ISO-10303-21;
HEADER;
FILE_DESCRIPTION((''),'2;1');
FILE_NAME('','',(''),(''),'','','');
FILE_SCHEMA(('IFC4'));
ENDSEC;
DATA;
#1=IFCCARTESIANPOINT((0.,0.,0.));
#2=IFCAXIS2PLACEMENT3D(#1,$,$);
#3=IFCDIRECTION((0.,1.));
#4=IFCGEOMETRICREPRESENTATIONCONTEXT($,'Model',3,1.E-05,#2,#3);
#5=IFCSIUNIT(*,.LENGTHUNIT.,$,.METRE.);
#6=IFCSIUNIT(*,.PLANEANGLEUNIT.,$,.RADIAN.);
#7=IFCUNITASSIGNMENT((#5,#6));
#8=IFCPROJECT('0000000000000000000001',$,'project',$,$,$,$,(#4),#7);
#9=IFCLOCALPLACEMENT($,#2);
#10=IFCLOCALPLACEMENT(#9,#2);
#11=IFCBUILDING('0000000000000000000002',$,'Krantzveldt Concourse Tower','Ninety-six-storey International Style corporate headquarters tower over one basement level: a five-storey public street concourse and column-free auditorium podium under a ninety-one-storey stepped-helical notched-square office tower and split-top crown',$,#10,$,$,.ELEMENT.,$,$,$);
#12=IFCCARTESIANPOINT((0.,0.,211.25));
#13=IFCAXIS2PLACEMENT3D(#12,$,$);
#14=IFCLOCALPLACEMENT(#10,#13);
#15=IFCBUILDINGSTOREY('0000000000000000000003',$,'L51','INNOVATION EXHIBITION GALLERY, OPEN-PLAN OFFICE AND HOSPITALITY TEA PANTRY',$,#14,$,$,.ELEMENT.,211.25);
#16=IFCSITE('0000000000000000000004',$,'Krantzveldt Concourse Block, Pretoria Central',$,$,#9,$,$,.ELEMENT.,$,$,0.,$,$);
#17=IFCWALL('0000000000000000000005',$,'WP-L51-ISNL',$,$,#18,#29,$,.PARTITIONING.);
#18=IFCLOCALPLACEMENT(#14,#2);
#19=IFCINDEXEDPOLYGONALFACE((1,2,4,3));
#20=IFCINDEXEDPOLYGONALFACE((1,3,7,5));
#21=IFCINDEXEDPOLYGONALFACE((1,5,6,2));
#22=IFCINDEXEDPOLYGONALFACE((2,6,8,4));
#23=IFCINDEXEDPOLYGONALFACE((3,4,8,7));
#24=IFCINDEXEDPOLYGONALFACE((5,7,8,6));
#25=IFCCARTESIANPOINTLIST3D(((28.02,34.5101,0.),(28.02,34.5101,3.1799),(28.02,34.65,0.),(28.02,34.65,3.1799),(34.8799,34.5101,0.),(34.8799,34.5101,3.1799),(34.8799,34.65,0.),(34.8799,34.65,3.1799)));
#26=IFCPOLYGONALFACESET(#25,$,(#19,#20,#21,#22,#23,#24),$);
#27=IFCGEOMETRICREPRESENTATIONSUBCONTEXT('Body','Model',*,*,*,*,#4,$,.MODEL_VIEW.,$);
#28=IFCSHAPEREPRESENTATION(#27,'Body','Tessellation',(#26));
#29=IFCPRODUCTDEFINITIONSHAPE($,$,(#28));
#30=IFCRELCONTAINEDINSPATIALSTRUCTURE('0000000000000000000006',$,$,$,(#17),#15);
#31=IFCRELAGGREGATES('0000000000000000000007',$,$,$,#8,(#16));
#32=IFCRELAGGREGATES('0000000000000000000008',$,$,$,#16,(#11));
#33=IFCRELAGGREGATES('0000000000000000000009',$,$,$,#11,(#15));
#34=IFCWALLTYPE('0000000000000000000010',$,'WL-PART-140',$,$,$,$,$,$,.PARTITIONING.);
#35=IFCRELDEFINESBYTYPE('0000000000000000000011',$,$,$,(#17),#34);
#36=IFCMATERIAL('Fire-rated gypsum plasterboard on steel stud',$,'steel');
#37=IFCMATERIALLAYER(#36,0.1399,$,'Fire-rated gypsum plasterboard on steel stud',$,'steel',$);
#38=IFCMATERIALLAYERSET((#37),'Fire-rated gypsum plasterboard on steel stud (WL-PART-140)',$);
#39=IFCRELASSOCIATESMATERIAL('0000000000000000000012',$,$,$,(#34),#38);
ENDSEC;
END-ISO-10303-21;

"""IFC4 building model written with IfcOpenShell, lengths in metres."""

from ifc_helpers import new_model, si_unit, direction, frame, frame_2d, origin, place, context, subcontext, project, spatial, rectangle, extrude, material, layer, layer_set, type_object, element, save


model = new_model("IFC4")

# Units and contexts
model_context = context("Model", 3, precision=1e-05, world=origin(), true_north=direction((0.0, 1.0)))
body_context = subcontext(model_context, "Body", "Model", "MODEL_VIEW")
ifc_project = project(units=[si_unit("LENGTHUNIT", "METRE"), si_unit("PLANEANGLEUNIT", "RADIAN")], contexts=[model_context])

# Site, building, storey
site_placement = place(None, origin())
site = spatial("IfcSite", under=ifc_project, at=site_placement, Name="Krantzveldt Concourse Block, Pretoria Central", CompositionType="ELEMENT", RefElevation=0.0)
building_placement = place(site_placement, origin())
building = spatial("IfcBuilding", under=site, at=building_placement, Name="Krantzveldt Concourse Tower", Description="Ninety-six-storey International Style corporate headquarters tower over one basement level: a five-storey public street concourse and column-free auditorium podium under a ninety-one-storey stepped-helical notched-square office tower and split-top crown", CompositionType="ELEMENT")
storey_placement = place(building_placement, frame((0.0, 0.0, 211.25)))
storey = spatial("IfcBuildingStorey", under=building, at=storey_placement, Name="L51", Description="INNOVATION EXHIBITION GALLERY, OPEN-PLAN OFFICE AND HOSPITALITY TEA PANTRY", CompositionType="ELEMENT", Elevation=211.25)

# Wall
ifc_material_1 = material(Name="Fire-rated gypsum plasterboard on steel stud", Category="steel")
ifc_layer_1 = layer(ifc_material_1, 0.1399, Name="Fire-rated gypsum plasterboard on steel stud", Category="steel")
ifc_layer_set_1 = layer_set([ifc_layer_1], Name="Fire-rated gypsum plasterboard on steel stud (WL-PART-140)")
wall_type_1 = type_object("IfcWallType", Name="WL-PART-140", PredefinedType="PARTITIONING", material=ifc_layer_set_1)
wall_1_placement = place(storey_placement, frame((28.02, 34.5801, 0.0), z_axis=(0.0, 0.0, 1.0), x_axis=(1.0, 0.0, 0.0)))
element("IfcWall", 1, at=wall_1_placement, inside=storey, type_object=wall_type_1, Name="WP-L51-ISNL", PredefinedType="PARTITIONING", context=body_context, shape_type="SweptSolid", body=[
    extrude(rectangle(XDim=6.8599, YDim=0.1399, at=frame_2d((3.4299, 0.0))), origin(), (0.0, 0.0, 1.0), 3.1799),
])

save(model, "model.ifc")
